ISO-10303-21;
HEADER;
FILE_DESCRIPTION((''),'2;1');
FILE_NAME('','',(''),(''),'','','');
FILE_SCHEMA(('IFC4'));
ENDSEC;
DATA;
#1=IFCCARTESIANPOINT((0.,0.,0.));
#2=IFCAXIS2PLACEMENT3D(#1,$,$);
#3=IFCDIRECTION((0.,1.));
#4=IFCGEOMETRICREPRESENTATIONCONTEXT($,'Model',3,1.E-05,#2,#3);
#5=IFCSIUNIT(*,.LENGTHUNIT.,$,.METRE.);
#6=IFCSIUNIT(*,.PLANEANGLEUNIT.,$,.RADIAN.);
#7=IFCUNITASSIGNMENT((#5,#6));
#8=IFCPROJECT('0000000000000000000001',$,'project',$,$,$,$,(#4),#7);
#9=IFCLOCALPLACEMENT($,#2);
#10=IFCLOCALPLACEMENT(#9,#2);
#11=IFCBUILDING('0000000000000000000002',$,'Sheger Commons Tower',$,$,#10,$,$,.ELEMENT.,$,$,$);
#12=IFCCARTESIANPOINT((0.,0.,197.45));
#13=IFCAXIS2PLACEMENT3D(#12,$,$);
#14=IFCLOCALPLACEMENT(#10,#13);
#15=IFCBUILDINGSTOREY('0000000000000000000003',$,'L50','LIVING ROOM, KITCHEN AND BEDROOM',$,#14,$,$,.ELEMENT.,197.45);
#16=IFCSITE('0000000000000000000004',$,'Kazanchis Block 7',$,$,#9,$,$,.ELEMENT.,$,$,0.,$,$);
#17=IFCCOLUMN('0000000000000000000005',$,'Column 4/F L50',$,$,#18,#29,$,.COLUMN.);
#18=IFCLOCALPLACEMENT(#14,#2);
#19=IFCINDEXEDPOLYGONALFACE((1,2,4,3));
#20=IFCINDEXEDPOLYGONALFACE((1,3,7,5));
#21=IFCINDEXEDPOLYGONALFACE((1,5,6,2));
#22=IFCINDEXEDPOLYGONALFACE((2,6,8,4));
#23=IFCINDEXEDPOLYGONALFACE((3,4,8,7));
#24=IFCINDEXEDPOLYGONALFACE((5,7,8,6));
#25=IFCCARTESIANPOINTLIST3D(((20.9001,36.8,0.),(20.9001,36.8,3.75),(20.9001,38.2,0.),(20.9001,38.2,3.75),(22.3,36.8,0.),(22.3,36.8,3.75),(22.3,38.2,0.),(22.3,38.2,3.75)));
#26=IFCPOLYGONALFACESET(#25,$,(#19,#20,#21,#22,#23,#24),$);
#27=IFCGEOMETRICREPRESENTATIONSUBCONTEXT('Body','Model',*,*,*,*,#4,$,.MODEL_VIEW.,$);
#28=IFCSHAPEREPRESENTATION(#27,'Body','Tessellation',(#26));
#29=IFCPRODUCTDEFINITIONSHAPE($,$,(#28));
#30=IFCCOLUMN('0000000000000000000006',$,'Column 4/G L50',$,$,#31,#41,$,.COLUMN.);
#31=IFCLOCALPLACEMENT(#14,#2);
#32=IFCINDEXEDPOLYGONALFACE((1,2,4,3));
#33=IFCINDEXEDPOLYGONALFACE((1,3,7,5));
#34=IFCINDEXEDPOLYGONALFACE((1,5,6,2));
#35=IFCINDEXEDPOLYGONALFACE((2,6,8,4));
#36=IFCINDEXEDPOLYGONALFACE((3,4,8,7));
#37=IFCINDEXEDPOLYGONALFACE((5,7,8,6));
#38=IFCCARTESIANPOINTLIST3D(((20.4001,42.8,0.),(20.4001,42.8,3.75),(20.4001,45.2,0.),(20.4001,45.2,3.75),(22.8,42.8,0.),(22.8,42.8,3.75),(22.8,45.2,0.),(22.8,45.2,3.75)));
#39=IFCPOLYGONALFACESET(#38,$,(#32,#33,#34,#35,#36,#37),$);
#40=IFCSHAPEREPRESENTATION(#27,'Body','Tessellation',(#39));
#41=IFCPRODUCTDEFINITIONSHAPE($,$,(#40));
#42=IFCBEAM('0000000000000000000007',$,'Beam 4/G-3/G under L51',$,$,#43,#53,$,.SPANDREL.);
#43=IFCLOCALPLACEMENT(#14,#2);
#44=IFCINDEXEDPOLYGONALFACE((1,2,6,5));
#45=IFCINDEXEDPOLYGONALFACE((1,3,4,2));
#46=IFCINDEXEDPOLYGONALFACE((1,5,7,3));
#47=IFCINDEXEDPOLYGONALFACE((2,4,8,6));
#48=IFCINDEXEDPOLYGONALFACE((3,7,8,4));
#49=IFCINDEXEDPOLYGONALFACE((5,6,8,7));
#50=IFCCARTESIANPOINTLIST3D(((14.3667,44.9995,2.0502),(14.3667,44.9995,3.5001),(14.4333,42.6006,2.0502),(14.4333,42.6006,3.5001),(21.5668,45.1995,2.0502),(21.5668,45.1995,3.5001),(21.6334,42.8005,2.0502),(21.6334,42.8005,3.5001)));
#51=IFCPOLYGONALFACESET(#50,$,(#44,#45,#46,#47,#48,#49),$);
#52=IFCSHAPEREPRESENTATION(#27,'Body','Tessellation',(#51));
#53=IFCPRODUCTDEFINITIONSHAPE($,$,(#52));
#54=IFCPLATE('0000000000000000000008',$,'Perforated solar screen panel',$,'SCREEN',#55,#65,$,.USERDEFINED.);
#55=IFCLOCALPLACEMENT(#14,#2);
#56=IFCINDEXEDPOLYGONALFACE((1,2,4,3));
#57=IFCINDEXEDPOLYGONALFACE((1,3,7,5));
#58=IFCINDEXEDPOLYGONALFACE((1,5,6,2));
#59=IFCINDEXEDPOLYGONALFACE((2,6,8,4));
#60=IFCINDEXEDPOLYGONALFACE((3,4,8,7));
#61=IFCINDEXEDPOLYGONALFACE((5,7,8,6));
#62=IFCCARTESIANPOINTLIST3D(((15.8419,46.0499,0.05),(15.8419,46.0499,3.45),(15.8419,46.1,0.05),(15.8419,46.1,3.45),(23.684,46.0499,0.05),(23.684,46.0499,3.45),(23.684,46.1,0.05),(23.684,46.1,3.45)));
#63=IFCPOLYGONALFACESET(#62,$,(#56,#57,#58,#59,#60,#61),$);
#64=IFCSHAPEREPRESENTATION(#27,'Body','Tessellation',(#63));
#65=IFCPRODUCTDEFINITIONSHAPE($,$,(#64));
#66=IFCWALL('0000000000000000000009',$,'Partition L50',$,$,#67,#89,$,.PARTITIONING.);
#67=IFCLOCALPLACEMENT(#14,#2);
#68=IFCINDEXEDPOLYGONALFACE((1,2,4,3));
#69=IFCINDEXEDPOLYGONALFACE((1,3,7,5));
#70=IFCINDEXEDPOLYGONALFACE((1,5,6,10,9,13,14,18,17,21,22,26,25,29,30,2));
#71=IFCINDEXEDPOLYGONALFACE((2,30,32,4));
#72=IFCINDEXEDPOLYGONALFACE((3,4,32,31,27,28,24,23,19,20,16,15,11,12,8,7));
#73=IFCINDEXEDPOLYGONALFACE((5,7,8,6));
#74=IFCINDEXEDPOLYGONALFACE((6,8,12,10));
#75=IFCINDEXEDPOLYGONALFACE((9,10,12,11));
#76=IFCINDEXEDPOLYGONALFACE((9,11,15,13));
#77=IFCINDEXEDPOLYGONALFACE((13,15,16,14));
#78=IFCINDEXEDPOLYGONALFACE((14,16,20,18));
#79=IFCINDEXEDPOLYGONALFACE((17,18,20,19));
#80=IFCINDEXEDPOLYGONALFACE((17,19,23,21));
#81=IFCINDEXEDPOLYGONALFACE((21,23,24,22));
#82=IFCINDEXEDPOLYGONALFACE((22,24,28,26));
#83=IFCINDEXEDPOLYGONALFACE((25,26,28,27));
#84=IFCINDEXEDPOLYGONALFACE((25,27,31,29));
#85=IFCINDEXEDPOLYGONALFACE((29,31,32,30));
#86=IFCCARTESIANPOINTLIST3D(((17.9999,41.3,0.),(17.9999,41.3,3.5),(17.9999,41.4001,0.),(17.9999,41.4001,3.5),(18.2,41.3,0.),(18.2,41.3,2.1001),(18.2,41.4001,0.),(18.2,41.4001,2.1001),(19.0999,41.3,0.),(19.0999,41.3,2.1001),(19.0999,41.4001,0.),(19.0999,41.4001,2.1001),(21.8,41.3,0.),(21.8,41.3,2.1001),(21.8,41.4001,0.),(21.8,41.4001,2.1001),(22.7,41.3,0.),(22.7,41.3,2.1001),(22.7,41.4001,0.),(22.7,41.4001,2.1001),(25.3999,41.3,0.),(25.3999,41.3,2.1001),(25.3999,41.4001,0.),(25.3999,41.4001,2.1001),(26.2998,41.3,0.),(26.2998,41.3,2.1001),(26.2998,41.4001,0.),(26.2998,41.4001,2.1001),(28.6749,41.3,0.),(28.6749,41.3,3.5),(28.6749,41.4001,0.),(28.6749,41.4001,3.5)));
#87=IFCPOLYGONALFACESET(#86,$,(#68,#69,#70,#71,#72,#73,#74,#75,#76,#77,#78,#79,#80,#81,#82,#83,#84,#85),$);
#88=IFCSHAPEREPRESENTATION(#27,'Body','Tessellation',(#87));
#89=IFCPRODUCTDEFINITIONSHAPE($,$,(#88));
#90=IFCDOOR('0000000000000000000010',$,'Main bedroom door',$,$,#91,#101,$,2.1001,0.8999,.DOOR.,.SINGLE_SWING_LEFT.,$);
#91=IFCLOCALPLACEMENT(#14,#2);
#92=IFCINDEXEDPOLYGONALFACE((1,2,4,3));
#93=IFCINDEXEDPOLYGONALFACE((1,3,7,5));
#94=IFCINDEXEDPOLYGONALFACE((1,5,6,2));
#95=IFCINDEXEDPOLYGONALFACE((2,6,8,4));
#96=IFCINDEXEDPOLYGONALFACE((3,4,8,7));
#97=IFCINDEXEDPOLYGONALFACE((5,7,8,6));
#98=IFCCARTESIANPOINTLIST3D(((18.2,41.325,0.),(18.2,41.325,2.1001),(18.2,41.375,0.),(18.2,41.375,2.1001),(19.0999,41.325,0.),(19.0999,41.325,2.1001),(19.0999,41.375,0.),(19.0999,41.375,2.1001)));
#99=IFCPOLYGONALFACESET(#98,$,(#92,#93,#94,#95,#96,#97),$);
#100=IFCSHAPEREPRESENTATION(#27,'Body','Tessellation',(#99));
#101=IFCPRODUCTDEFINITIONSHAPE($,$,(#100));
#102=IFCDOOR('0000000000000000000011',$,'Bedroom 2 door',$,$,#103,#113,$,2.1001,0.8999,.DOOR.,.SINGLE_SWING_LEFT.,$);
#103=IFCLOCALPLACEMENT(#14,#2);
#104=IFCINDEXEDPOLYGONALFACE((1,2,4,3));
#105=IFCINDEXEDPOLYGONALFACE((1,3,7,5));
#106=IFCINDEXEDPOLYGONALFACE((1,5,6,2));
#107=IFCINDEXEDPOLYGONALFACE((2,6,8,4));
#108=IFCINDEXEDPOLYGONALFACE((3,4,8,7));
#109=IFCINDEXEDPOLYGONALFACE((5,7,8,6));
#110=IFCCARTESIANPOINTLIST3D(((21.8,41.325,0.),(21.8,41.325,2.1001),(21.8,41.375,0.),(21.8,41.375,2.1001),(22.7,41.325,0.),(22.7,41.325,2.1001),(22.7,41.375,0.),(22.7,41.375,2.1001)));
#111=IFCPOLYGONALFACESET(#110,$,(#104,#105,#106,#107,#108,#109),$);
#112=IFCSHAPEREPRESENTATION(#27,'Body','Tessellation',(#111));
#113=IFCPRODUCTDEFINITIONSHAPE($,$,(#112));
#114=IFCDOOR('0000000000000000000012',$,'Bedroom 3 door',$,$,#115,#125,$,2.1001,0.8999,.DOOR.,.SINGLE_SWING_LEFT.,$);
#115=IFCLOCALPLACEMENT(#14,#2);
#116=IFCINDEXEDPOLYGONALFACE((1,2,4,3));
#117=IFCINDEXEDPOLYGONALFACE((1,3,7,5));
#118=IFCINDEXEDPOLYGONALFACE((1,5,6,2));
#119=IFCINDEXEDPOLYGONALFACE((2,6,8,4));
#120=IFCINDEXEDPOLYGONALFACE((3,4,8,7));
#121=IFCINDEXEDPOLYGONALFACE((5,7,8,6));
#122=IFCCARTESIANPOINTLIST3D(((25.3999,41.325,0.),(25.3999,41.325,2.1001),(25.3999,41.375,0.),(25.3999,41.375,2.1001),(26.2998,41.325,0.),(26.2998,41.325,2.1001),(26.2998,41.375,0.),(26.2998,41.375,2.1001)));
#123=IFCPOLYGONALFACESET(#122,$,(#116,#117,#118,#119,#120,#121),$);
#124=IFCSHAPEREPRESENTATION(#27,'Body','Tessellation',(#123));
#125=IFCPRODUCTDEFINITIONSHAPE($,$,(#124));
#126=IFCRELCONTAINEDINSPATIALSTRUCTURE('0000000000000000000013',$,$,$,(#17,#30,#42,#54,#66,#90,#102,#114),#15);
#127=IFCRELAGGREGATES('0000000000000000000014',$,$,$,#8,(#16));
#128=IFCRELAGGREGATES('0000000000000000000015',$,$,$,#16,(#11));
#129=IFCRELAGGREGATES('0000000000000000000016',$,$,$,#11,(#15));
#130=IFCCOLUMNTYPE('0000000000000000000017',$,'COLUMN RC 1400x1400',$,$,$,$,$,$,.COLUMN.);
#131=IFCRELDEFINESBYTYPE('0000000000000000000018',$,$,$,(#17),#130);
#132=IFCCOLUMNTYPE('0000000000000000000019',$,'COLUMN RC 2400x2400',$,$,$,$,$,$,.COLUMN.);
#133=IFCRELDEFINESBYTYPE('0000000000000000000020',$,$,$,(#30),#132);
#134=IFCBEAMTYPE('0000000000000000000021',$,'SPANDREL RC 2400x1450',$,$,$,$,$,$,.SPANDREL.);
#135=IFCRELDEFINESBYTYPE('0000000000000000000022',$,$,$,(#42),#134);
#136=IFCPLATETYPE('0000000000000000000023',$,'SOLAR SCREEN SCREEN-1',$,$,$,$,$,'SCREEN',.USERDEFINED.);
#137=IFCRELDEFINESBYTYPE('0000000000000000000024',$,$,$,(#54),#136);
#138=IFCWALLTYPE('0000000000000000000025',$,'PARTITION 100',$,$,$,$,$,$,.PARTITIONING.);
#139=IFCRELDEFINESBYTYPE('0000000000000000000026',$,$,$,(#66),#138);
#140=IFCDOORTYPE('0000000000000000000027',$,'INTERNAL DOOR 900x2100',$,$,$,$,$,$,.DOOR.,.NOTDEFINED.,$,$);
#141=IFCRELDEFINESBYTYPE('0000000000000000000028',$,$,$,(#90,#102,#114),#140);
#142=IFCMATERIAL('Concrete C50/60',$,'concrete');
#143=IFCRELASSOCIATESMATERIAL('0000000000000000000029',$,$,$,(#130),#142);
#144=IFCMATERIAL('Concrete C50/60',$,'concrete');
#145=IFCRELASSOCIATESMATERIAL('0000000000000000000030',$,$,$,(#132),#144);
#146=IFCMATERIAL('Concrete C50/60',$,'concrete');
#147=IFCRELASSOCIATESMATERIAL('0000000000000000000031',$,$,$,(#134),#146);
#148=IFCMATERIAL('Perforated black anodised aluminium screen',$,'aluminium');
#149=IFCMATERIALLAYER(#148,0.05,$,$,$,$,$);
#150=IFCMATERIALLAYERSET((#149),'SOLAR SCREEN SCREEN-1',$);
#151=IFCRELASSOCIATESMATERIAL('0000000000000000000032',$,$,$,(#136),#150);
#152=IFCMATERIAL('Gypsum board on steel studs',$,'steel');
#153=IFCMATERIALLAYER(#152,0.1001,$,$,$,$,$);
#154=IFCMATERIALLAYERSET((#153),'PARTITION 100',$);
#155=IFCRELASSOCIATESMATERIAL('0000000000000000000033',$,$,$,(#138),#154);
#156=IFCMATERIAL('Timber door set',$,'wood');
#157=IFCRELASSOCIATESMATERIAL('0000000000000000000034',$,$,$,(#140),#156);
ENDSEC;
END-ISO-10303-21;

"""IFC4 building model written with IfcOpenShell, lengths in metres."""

from ifc_helpers import new_model, si_unit, direction, frame, frame_2d, origin, origin_2d, place, context, subcontext, project, spatial, rectangle, extrude, material, layer, layer_set, material_profile, profile_set, type_object, element, fill, save


model = new_model("IFC4")

# Units and contexts
model_context = context("Model", 3, precision=1e-05, world=origin(), true_north=direction((0.0, 1.0)))
body_context = subcontext(model_context, "Body", "Model", "MODEL_VIEW")
ifc_project = project(units=[si_unit("LENGTHUNIT", "METRE"), si_unit("PLANEANGLEUNIT", "RADIAN")], contexts=[model_context])

# Site, building, storey
site_placement = place(None, origin())
site = spatial("IfcSite", under=ifc_project, at=site_placement, Name="Kazanchis Block 7", CompositionType="ELEMENT", RefElevation=0.0)
building_placement = place(site_placement, origin())
building = spatial("IfcBuilding", under=site, at=building_placement, Name="Sheger Commons Tower", CompositionType="ELEMENT")
storey_placement = place(building_placement, frame((0.0, 0.0, 197.45)))
storey = spatial("IfcBuildingStorey", under=building, at=storey_placement, Name="L50", Description="LIVING ROOM, KITCHEN AND BEDROOM", CompositionType="ELEMENT", Elevation=197.45)

# Columns
ifc_material_1 = material(Name="Concrete C50/60", Category="concrete")
ifc_material_profile_1 = material_profile(ifc_material_1, rectangle(XDim=1.3999, YDim=1.3999, at=origin_2d()), Name="RC 1400x1400")
ifc_profile_set_1 = profile_set([ifc_material_profile_1], Name="Concrete C50/60")
column_type_1 = type_object("IfcColumnType", Name="COLUMN RC 1400x1400", PredefinedType="COLUMN", material=ifc_profile_set_1)
column_1_placement = place(storey_placement, frame((21.6001, 37.5, 0.0), z_axis=(0.0, 0.0, 1.0), x_axis=(1.0, 0.0, 0.0)))
element("IfcColumn", 1, at=column_1_placement, inside=storey, type_object=column_type_1, Name="Column 4/F L50", PredefinedType="COLUMN", context=body_context, shape_type="SweptSolid", body=[
    extrude(rectangle(XDim=1.3999, YDim=1.3999, at=origin_2d()), origin(), (0.0, 0.0, 1.0), 3.75),
])
ifc_material_2 = material(Name="Concrete C50/60", Category="concrete")
ifc_material_profile_2 = material_profile(ifc_material_2, rectangle(XDim=2.3999, YDim=2.3999, at=origin_2d()), Name="RC 2400x2400")
ifc_profile_set_2 = profile_set([ifc_material_profile_2], Name="Concrete C50/60")
column_type_2 = type_object("IfcColumnType", Name="COLUMN RC 2400x2400", PredefinedType="COLUMN", material=ifc_profile_set_2)
column_2_placement = place(storey_placement, frame((21.6001, 44.0, 0.0), z_axis=(0.0, 0.0, 1.0), x_axis=(1.0, 0.0, 0.0)))
element("IfcColumn", 2, at=column_2_placement, inside=storey, type_object=column_type_2, Name="Column 4/G L50", PredefinedType="COLUMN", context=body_context, shape_type="SweptSolid", body=[
    extrude(rectangle(XDim=2.3999, YDim=2.3999, at=origin_2d()), origin(), (0.0, 0.0, 1.0), 3.75),
])

# Beam
ifc_material_3 = material(Name="Concrete C50/60", Category="concrete")
ifc_material_profile_3 = material_profile(ifc_material_3, rectangle(XDim=2.3999, YDim=1.45, at=origin_2d()), Name="RC 2400x1450")
ifc_profile_set_3 = profile_set([ifc_material_profile_3], Name="Concrete C50/60")
beam_type = type_object("IfcBeamType", Name="SPANDREL RC 2400x1450", PredefinedType="SPANDREL", material=ifc_profile_set_3)
beam_placement = place(storey_placement, frame((21.6001, 44.0, 2.7751), z_axis=(-0.999615, -0.02776, 0.0), x_axis=(0.02776, -0.999615, 0.0)))
element("IfcBeam", 3, at=beam_placement, inside=storey, type_object=beam_type, Name="Beam 4/G-3/G under L51", PredefinedType="SPANDREL", context=body_context, shape_type="SweptSolid", body=[
    extrude(rectangle(XDim=2.3999, YDim=1.45, at=origin_2d()), origin(), (0.0, 0.0, 1.0), 7.2029),
])

# Plate
ifc_material_4 = material(Name="Perforated black anodised aluminium screen", Category="aluminium")
ifc_layer_1 = layer(ifc_material_4, 0.05)
ifc_layer_set_1 = layer_set([ifc_layer_1], Name="SOLAR SCREEN SCREEN-1")
plate_type = type_object("IfcPlateType", Name="SOLAR SCREEN SCREEN-1", ElementType="SCREEN", PredefinedType="USERDEFINED", material=ifc_layer_set_1)
plate_placement = place(storey_placement, frame((19.7629, 46.075, 0.05), z_axis=(0.0, 0.0, 1.0), x_axis=(-1.0, 0.0, 0.0)))
element("IfcPlate", 4, at=plate_placement, inside=storey, type_object=plate_type, Name="Perforated solar screen panel", ObjectType="SCREEN", PredefinedType="USERDEFINED", context=body_context, shape_type="SweptSolid", body=[
    extrude(rectangle(XDim=7.842, YDim=0.05, at=origin_2d()), origin(), (0.0, 0.0, 1.0), 3.3999),
])

# Wall, openings, doors
ifc_material_5 = material(Name="Gypsum board on steel studs", Category="steel")
ifc_layer_2 = layer(ifc_material_5, 0.1001)
ifc_layer_set_2 = layer_set([ifc_layer_2], Name="PARTITION 100")
wall_type = type_object("IfcWallType", Name="PARTITION 100", PredefinedType="PARTITIONING", material=ifc_layer_set_2)
wall_1_placement = place(storey_placement, frame((18.0, 41.3501, 0.0), z_axis=(0.0, 0.0, 1.0), x_axis=(1.0, 0.0, 0.0)))
wall_1 = element("IfcWall", 5, at=wall_1_placement, inside=storey, type_object=wall_type, Name="Partition L50", PredefinedType="PARTITIONING", context=body_context, shape_type="SweptSolid", body=[
    extrude(rectangle(XDim=10.675, YDim=0.1001, at=frame_2d((5.3374, 0.0))), origin(), (0.0, 0.0, 1.0), 3.5),
])
opening_1_placement = place(wall_1_placement, frame((0.2, 0.0, 0.0)))
opening_1 = element("IfcOpeningElement", 6, at=opening_1_placement, cuts=wall_1, PredefinedType="OPENING", context=body_context, shape_type="SweptSolid", body=[
    extrude(rectangle(XDim=0.8999, YDim=2.1001, at=frame_2d((0.45, 1.05))), frame((0.0, 0.0601, 0.0), z_axis=(0.0, -1.0, 0.0), x_axis=(1.0, 0.0, 0.0)), (0.0, 0.0, 1.0), 0.1201),
])
opening_2_placement = place(wall_1_placement, frame((3.8, 0.0, 0.0)))
opening_2 = element("IfcOpeningElement", 7, at=opening_2_placement, cuts=wall_1, PredefinedType="OPENING", context=body_context, shape_type="SweptSolid", body=[
    extrude(rectangle(XDim=0.8999, YDim=2.1001, at=frame_2d((0.45, 1.05))), frame((0.0, 0.0601, 0.0), z_axis=(0.0, -1.0, 0.0), x_axis=(1.0, 0.0, 0.0)), (0.0, 0.0, 1.0), 0.1201),
])
opening_3_placement = place(wall_1_placement, frame((7.3999, 0.0, 0.0)))
opening_3 = element("IfcOpeningElement", 8, at=opening_3_placement, cuts=wall_1, PredefinedType="OPENING", context=body_context, shape_type="SweptSolid", body=[
    extrude(rectangle(XDim=0.8999, YDim=2.1001, at=frame_2d((0.45, 1.05))), frame((0.0, 0.0601, 0.0), z_axis=(0.0, -1.0, 0.0), x_axis=(1.0, 0.0, 0.0)), (0.0, 0.0, 1.0), 0.1201),
])
ifc_material_6 = material(Name="Timber door set", Category="wood")
door_type = type_object("IfcDoorType", Name="INTERNAL DOOR 900x2100", OperationType="NOTDEFINED", PredefinedType="DOOR", material=ifc_material_6)
door_1_placement = place(opening_1_placement, origin())
door_1 = element("IfcDoor", 9, at=door_1_placement, inside=storey, type_object=door_type, Name="Main bedroom door", OperationType="SINGLE_SWING_LEFT", OverallHeight=2.1001, OverallWidth=0.8999, PredefinedType="DOOR", context=body_context, shape_type="SweptSolid", body=[
    extrude(rectangle(XDim=0.8999, YDim=2.1001, at=frame_2d((0.45, 1.05))), frame((0.0, 0.0249, 0.0), z_axis=(0.0, -1.0, 0.0), x_axis=(1.0, 0.0, 0.0)), (0.0, 0.0, 1.0), 0.05),
])
fill(opening_1, door_1)
door_2_placement = place(opening_2_placement, origin())
door_2 = element("IfcDoor", 10, at=door_2_placement, inside=storey, type_object=door_type, Name="Bedroom 2 door", OperationType="SINGLE_SWING_LEFT", OverallHeight=2.1001, OverallWidth=0.8999, PredefinedType="DOOR", context=body_context, shape_type="SweptSolid", body=[
    extrude(rectangle(XDim=0.8999, YDim=2.1001, at=frame_2d((0.45, 1.05))), frame((0.0, 0.0249, 0.0), z_axis=(0.0, -1.0, 0.0), x_axis=(1.0, 0.0, 0.0)), (0.0, 0.0, 1.0), 0.05),
])
fill(opening_2, door_2)
door_3_placement = place(opening_3_placement, origin())
door_3 = element("IfcDoor", 11, at=door_3_placement, inside=storey, type_object=door_type, Name="Bedroom 3 door", OperationType="SINGLE_SWING_LEFT", OverallHeight=2.1001, OverallWidth=0.8999, PredefinedType="DOOR", context=body_context, shape_type="SweptSolid", body=[
    extrude(rectangle(XDim=0.8999, YDim=2.1001, at=frame_2d((0.45, 1.05))), frame((0.0, 0.0249, 0.0), z_axis=(0.0, -1.0, 0.0), x_axis=(1.0, 0.0, 0.0)), (0.0, 0.0, 1.0), 0.05),
])
fill(opening_3, door_3)

save(model, "model.ifc")
